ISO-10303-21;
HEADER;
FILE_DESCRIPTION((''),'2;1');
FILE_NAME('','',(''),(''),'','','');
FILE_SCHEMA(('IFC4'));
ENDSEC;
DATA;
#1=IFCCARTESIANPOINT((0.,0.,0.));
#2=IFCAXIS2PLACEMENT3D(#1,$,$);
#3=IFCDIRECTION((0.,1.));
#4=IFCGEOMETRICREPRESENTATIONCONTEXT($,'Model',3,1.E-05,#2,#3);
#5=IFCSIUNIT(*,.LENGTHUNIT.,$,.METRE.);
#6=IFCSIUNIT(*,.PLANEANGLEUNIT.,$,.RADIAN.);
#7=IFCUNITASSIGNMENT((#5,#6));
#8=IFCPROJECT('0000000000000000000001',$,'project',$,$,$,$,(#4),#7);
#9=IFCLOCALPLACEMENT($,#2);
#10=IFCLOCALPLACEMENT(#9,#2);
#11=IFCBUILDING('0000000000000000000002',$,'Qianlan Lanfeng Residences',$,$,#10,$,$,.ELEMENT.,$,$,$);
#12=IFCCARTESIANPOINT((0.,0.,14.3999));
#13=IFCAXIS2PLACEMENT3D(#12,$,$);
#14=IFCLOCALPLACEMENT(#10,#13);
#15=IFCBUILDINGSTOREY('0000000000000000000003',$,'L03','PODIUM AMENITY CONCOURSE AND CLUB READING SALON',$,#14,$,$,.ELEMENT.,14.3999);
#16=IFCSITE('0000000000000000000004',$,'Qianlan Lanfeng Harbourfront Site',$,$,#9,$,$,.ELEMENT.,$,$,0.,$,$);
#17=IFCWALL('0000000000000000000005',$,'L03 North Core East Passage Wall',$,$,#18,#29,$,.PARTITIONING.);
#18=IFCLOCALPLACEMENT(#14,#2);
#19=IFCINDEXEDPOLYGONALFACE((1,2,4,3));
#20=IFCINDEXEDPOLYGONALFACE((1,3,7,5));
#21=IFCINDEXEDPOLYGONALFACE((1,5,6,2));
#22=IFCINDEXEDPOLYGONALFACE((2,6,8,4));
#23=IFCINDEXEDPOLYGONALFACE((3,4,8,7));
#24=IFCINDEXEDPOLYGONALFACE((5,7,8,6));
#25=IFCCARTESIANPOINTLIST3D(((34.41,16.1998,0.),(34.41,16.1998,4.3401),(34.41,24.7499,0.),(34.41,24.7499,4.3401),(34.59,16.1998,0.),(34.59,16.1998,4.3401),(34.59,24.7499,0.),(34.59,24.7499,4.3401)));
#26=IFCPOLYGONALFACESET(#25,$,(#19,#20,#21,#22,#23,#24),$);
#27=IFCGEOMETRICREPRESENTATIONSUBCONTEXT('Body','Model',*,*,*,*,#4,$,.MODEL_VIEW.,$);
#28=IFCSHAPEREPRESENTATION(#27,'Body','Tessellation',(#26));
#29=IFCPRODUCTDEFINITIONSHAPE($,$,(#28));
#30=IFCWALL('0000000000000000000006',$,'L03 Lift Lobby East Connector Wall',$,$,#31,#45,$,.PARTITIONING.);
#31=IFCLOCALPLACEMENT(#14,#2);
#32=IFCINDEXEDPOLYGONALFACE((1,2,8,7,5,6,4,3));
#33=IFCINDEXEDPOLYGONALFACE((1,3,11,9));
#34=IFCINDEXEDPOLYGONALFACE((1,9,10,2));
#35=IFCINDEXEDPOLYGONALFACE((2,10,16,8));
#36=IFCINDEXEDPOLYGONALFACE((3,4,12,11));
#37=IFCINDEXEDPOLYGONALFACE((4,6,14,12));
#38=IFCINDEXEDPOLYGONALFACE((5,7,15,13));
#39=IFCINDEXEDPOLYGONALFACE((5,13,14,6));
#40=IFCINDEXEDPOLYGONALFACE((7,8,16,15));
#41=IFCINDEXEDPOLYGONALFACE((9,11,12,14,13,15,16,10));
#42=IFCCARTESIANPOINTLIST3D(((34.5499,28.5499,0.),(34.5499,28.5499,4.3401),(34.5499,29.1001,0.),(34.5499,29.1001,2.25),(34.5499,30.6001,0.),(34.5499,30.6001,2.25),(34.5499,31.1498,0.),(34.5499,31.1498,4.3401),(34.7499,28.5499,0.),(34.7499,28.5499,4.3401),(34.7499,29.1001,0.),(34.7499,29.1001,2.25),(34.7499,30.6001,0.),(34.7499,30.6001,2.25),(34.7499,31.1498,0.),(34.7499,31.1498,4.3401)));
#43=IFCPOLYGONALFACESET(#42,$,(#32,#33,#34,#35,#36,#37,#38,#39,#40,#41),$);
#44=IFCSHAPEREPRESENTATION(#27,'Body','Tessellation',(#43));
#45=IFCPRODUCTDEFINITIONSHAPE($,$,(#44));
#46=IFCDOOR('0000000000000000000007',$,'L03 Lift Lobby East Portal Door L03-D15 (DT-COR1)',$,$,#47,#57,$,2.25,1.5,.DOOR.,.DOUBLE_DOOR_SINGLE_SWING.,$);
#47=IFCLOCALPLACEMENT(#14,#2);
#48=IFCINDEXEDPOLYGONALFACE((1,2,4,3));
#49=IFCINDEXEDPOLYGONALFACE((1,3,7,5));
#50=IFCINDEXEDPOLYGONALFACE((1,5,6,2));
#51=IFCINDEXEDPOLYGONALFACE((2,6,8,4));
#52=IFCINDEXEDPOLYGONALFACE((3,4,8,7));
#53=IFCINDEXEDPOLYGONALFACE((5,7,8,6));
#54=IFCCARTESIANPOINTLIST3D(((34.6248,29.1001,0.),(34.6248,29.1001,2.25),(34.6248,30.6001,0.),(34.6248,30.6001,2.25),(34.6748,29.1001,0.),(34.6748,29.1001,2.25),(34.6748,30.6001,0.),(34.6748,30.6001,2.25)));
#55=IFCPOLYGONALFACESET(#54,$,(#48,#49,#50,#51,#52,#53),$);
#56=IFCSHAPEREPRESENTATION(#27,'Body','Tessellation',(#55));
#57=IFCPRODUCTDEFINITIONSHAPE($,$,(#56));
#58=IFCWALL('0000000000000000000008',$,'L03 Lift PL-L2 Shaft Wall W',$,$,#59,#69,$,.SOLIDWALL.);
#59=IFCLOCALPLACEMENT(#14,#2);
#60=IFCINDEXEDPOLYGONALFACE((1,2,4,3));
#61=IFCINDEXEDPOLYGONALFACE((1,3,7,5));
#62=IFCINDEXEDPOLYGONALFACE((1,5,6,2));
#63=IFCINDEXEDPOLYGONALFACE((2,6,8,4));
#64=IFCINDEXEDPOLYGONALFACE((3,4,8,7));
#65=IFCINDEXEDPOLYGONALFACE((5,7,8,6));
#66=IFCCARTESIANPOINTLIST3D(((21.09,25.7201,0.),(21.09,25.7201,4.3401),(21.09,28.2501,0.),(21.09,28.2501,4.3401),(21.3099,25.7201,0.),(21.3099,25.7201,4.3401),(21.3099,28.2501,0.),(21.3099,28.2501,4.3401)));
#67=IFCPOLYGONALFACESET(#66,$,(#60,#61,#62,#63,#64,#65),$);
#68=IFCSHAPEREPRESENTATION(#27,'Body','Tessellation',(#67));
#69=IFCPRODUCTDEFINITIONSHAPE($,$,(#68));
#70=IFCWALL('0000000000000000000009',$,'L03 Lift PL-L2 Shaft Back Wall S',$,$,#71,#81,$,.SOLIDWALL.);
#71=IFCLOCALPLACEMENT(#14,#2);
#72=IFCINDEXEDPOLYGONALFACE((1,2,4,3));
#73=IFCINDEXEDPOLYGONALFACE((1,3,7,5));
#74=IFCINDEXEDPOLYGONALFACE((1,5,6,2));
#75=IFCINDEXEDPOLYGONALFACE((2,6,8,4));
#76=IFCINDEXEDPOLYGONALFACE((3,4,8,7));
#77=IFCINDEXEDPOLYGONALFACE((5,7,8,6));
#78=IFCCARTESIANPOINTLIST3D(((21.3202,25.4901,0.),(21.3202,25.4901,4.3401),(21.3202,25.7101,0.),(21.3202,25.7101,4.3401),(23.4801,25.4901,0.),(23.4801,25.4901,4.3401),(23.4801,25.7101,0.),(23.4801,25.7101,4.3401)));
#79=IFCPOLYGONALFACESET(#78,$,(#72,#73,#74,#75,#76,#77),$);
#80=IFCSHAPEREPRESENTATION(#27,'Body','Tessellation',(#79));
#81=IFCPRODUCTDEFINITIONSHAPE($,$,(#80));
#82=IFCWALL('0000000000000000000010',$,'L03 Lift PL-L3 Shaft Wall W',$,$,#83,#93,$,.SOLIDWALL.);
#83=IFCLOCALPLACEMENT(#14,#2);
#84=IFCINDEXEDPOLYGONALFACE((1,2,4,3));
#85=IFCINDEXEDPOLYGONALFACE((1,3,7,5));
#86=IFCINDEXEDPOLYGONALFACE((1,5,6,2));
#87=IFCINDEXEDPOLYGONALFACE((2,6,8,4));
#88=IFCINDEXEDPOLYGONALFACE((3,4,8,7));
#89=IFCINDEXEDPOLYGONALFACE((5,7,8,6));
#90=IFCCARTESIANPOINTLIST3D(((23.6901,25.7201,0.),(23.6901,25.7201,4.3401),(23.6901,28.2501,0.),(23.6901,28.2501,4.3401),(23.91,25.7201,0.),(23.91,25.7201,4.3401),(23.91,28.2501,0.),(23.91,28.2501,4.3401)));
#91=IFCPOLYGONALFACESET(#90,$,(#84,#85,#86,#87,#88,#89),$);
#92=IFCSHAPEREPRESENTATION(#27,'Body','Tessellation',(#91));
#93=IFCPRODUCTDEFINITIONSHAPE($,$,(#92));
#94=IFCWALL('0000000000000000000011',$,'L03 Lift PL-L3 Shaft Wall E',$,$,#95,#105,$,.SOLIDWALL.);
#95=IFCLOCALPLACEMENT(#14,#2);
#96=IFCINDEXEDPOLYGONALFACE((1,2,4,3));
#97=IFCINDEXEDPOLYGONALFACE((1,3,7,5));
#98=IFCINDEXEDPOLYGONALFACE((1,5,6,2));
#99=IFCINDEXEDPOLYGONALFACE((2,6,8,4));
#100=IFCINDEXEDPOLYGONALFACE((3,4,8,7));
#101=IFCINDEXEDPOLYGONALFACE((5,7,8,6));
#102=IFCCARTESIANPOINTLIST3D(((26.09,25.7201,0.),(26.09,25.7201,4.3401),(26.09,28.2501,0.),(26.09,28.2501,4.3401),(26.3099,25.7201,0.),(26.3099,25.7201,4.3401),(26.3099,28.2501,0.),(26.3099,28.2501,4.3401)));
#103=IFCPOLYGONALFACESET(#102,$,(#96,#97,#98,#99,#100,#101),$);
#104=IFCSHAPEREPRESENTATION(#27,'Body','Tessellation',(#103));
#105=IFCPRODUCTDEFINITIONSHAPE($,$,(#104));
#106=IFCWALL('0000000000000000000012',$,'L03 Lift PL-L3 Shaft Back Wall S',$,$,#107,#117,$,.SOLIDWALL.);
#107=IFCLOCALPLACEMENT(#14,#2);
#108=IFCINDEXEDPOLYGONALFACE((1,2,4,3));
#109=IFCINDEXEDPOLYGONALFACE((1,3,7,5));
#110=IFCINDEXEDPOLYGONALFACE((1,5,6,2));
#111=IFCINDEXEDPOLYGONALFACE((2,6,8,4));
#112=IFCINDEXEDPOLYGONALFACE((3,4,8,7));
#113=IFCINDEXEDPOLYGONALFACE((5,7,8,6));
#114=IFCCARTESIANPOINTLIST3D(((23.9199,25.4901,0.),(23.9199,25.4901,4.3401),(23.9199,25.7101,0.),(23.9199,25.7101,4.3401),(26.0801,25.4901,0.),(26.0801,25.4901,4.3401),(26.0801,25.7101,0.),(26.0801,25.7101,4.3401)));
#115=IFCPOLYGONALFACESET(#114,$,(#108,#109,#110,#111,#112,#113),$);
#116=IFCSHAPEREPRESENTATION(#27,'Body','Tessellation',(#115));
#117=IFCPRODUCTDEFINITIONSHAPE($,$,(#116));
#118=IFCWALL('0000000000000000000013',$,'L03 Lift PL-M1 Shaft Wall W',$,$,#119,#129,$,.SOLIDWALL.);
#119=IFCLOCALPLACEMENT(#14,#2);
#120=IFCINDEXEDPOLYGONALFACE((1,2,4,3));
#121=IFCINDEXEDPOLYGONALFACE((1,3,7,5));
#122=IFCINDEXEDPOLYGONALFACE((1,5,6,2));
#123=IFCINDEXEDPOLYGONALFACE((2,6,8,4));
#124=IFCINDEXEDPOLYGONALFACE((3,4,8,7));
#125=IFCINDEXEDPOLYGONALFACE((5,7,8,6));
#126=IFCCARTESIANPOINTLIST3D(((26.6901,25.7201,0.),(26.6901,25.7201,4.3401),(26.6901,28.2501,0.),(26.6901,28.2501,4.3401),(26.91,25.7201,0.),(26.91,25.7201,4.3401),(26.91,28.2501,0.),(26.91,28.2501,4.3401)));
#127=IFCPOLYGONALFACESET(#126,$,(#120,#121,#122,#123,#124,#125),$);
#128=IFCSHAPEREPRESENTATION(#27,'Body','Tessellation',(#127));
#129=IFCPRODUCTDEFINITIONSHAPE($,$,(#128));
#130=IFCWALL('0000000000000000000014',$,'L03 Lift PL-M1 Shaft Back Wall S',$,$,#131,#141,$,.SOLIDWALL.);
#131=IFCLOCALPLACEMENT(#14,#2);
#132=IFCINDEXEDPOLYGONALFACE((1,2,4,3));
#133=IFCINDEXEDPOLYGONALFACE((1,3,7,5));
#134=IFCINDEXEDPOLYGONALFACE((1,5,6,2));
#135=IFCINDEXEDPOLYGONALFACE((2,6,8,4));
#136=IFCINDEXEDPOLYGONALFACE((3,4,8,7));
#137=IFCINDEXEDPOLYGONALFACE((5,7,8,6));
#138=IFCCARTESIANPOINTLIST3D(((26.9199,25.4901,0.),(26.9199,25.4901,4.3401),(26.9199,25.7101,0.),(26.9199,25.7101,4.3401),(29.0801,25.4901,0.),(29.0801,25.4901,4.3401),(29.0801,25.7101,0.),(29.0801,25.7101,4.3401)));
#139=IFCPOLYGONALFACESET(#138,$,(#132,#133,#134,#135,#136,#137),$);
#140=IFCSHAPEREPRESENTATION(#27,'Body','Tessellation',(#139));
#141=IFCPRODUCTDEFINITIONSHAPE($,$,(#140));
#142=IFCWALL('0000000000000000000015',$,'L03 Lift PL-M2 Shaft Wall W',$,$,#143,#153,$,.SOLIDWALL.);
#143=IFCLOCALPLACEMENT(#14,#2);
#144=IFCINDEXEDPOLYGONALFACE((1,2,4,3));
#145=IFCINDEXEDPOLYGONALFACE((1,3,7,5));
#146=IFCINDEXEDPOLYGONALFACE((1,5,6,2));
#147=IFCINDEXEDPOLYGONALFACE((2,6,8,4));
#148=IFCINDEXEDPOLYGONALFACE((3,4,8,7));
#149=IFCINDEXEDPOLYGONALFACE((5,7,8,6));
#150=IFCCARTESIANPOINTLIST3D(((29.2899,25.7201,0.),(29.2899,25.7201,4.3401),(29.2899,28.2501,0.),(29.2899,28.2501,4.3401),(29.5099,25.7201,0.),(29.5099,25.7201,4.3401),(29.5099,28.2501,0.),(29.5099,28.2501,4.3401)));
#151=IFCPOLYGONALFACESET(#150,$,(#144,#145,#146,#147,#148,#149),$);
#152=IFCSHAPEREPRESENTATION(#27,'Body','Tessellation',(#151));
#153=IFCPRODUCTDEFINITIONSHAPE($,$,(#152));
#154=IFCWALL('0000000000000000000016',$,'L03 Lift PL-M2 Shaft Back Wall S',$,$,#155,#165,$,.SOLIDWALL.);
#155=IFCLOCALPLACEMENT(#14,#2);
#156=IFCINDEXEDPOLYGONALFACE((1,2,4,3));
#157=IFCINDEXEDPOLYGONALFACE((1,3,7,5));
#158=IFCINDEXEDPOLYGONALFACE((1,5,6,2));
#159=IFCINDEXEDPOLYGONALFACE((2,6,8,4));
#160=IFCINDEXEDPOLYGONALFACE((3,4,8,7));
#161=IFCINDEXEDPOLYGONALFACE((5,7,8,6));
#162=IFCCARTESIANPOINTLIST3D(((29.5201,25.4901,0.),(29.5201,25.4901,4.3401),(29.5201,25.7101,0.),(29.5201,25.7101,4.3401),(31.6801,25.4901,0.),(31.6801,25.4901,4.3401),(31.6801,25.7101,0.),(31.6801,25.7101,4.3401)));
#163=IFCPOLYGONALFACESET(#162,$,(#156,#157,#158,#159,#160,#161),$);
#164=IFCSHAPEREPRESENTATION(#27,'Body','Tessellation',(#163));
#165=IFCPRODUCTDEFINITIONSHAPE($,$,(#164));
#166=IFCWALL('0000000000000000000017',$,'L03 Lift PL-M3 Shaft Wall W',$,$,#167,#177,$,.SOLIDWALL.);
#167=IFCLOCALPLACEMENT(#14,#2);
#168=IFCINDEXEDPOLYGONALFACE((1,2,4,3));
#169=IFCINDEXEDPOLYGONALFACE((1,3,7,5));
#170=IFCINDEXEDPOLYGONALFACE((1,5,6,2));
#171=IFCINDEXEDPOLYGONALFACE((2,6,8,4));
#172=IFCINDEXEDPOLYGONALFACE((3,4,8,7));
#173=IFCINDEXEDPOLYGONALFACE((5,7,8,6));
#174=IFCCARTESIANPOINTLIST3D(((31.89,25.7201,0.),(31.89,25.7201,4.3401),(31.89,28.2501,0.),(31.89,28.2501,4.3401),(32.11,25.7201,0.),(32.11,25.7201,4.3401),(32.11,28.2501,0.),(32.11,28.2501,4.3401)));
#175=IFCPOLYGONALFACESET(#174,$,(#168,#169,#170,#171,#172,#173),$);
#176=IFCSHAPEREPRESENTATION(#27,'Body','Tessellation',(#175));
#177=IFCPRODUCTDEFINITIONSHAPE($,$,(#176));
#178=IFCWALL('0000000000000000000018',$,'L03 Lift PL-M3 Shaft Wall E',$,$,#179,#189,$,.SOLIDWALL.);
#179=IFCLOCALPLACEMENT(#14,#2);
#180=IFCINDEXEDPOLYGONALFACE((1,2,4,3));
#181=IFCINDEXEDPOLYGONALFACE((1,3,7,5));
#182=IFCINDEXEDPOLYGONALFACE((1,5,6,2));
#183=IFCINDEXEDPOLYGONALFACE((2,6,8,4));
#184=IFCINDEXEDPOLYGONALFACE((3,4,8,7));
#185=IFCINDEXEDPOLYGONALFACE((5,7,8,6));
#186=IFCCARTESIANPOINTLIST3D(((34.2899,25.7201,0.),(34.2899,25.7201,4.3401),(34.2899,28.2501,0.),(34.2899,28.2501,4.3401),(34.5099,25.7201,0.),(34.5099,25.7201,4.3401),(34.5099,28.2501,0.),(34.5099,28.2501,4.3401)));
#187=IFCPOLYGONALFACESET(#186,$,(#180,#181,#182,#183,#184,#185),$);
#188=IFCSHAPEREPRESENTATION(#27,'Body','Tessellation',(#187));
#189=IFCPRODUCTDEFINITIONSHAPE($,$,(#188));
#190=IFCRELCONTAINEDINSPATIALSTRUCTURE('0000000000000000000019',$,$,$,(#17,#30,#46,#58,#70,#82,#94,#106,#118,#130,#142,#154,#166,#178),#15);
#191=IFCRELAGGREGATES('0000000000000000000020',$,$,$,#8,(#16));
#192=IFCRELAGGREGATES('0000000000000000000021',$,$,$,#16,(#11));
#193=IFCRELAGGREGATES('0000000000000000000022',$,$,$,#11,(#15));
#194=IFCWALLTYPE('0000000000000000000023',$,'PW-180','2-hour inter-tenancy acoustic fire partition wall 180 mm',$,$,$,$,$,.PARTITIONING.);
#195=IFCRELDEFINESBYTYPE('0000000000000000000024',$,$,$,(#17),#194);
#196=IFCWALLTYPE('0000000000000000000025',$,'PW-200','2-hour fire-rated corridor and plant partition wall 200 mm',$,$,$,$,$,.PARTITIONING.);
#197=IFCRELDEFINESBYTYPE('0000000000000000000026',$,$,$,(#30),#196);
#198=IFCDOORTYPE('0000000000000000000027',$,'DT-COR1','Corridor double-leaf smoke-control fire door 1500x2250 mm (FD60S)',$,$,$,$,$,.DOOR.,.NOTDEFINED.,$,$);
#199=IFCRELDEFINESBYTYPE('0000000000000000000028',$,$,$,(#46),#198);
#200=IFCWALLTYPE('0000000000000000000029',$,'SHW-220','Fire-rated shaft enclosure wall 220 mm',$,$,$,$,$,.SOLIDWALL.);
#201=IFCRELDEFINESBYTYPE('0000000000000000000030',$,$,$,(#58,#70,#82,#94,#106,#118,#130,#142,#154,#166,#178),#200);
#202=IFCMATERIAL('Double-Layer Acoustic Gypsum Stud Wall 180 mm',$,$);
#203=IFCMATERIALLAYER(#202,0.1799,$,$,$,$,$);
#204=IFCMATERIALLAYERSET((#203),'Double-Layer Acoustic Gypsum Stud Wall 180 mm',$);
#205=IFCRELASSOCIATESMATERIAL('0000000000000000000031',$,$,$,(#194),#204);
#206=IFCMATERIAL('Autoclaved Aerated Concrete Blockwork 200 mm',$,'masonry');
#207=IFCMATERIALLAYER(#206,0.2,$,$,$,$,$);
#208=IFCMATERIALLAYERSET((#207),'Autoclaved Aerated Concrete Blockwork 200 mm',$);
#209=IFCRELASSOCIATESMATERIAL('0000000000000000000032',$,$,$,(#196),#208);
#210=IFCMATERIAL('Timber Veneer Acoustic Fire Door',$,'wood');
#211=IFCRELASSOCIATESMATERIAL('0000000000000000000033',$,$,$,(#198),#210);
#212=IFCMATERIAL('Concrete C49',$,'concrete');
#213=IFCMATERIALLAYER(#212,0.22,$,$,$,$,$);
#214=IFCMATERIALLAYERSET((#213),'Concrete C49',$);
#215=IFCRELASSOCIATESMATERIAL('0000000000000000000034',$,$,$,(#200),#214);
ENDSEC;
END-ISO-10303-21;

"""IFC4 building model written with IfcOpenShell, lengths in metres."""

from ifc_helpers import new_model, si_unit, direction, frame, frame_2d, origin, place, context, subcontext, project, spatial, rectangle, extrude, material, layer, layer_set, type_object, element, fill, save


model = new_model("IFC4")

# Units and contexts
model_context = context("Model", 3, precision=1e-05, world=origin(), true_north=direction((0.0, 1.0)))
body_context = subcontext(model_context, "Body", "Model", "MODEL_VIEW")
ifc_project = project(units=[si_unit("LENGTHUNIT", "METRE"), si_unit("PLANEANGLEUNIT", "RADIAN")], contexts=[model_context])

# Site, building, storey
site_placement = place(None, origin())
site = spatial("IfcSite", under=ifc_project, at=site_placement, Name="Qianlan Lanfeng Harbourfront Site", CompositionType="ELEMENT", RefElevation=0.0)
building_placement = place(site_placement, origin())
building = spatial("IfcBuilding", under=site, at=building_placement, Name="Qianlan Lanfeng Residences", CompositionType="ELEMENT")
storey_placement = place(building_placement, frame((0.0, 0.0, 14.3999)))
storey = spatial("IfcBuildingStorey", under=building, at=storey_placement, Name="L03", Description="PODIUM AMENITY CONCOURSE AND CLUB READING SALON", CompositionType="ELEMENT", Elevation=14.3999)

# Shared definitions
ifc_material_1 = material(Name="Double-Layer Acoustic Gypsum Stud Wall 180 mm")
ifc_layer_1 = layer(ifc_material_1, 0.1799)
ifc_layer_set_1 = layer_set([ifc_layer_1], Name="Double-Layer Acoustic Gypsum Stud Wall 180 mm")
wall_type_1 = type_object("IfcWallType", Name="PW-180", Description="2-hour inter-tenancy acoustic fire partition wall 180 mm", PredefinedType="PARTITIONING", material=ifc_layer_set_1)

# Wall
for number, where, z_axis, x_axis, name in (
    (1, (34.5, 16.2, 0.0), (0.0, 0.0, 1.0), (0.0, 1.0, 0.0), "L03 North Core East Passage Wall"),
):
    element("IfcWall", number, at=place(storey_placement, frame(where, z_axis=z_axis, x_axis=x_axis)), inside=storey, type_object=wall_type_1, Name=name, PredefinedType="PARTITIONING", context=body_context, shape_type="SweptSolid", body=[
        extrude(rectangle(XDim=8.55, YDim=0.1799, at=frame_2d((4.2749, 0.0))), origin(), (0.0, 0.0, 1.0), 4.3401),
    ])

# Wall, opening, door
ifc_material_2 = material(Name="Autoclaved Aerated Concrete Blockwork 200 mm", Category="masonry")
ifc_layer_2 = layer(ifc_material_2, 0.2)
ifc_layer_set_2 = layer_set([ifc_layer_2], Name="Autoclaved Aerated Concrete Blockwork 200 mm")
wall_type_2 = type_object("IfcWallType", Name="PW-200", Description="2-hour fire-rated corridor and plant partition wall 200 mm", PredefinedType="PARTITIONING", material=ifc_layer_set_2)
wall_1_placement = place(storey_placement, frame((34.6499, 28.55, 0.0), z_axis=(0.0, 0.0, 1.0), x_axis=(0.0, 1.0, 0.0)))
wall_1 = element("IfcWall", 2, at=wall_1_placement, inside=storey, type_object=wall_type_2, Name="L03 Lift Lobby East Connector Wall", PredefinedType="PARTITIONING", context=body_context, shape_type="SweptSolid", body=[
    extrude(rectangle(XDim=2.5999, YDim=0.2, at=frame_2d((1.2998, 0.0))), origin(), (0.0, 0.0, 1.0), 4.3401),
])
opening_1_placement = place(wall_1_placement, frame((0.55, 0.0, 0.0)))
opening_1 = element("IfcOpeningElement", 3, at=opening_1_placement, cuts=wall_1, PredefinedType="OPENING", context=body_context, shape_type="SweptSolid", body=[
    extrude(rectangle(XDim=1.5, YDim=2.25, at=frame_2d((0.75, 1.125))), frame((0.0, 0.1099, 0.0), z_axis=(0.0, -1.0, 0.0), x_axis=(1.0, 0.0, 0.0)), (0.0, 0.0, 1.0), 0.22),
])
ifc_material_3 = material(Name="Timber Veneer Acoustic Fire Door", Category="wood")
door_type_1 = type_object("IfcDoorType", Name="DT-COR1", Description="Corridor double-leaf smoke-control fire door 1500x2250 mm (FD60S)", OperationType="NOTDEFINED", PredefinedType="DOOR", material=ifc_material_3)
door_1_placement = place(opening_1_placement, frame((1.5, 0.0, 0.0), z_axis=(0.0, 0.0, 1.0), x_axis=(-1.0, 0.0, 0.0)))
door_1 = element("IfcDoor", 4, at=door_1_placement, inside=storey, type_object=door_type_1, Name="L03 Lift Lobby East Portal Door L03-D15 (DT-COR1)", OperationType="DOUBLE_DOOR_SINGLE_SWING", OverallHeight=2.25, OverallWidth=1.5, PredefinedType="DOOR", context=body_context, shape_type="SweptSolid", body=[
    extrude(rectangle(XDim=1.5, YDim=2.25, at=frame_2d((0.75, 1.125))), frame((0.0, 0.0249, 0.0), z_axis=(0.0, -1.0, 0.0), x_axis=(1.0, 0.0, 0.0)), (0.0, 0.0, 1.0), 0.05),
])
fill(opening_1, door_1)

# Walls
ifc_material_4 = material(Name="Concrete C49", Category="concrete")
ifc_layer_3 = layer(ifc_material_4, 0.22)
ifc_layer_set_3 = layer_set([ifc_layer_3], Name="Concrete C49")
wall_type_3 = type_object("IfcWallType", Name="SHW-220", Description="Fire-rated shaft enclosure wall 220 mm", PredefinedType="SOLIDWALL", material=ifc_layer_set_3)
wall_2_placement = place(storey_placement, frame((21.2, 25.72, 0.0), z_axis=(0.0, 0.0, 1.0), x_axis=(0.0, 1.0, 0.0)))
element("IfcWall", 5, at=wall_2_placement, inside=storey, type_object=wall_type_3, Name="L03 Lift PL-L2 Shaft Wall W", PredefinedType="SOLIDWALL", context=body_context, shape_type="SweptSolid", body=[
    extrude(rectangle(XDim=2.53, YDim=0.22, at=frame_2d((1.2651, 0.0))), origin(), (0.0, 0.0, 1.0), 4.3401),
])
wall_3_placement = place(storey_placement, frame((21.3201, 25.6001, 0.0), z_axis=(0.0, 0.0, 1.0), x_axis=(1.0, 0.0, 0.0)))
element("IfcWall", 6, at=wall_3_placement, inside=storey, type_object=wall_type_3, Name="L03 Lift PL-L2 Shaft Back Wall S", PredefinedType="SOLIDWALL", context=body_context, shape_type="SweptSolid", body=[
    extrude(rectangle(XDim=2.1599, YDim=0.22, at=frame_2d((1.0801, 0.0))), origin(), (0.0, 0.0, 1.0), 4.3401),
])
for number, where, z_axis, x_axis, name in (
    (7, (23.8, 25.72, 0.0), (0.0, 0.0, 1.0), (0.0, 1.0, 0.0), "L03 Lift PL-L3 Shaft Wall W"),
    (8, (26.2, 25.72, 0.0), (0.0, 0.0, 1.0), (0.0, 1.0, 0.0), "L03 Lift PL-L3 Shaft Wall E"),
):
    element("IfcWall", number, at=place(storey_placement, frame(where, z_axis=z_axis, x_axis=x_axis)), inside=storey, type_object=wall_type_3, Name=name, PredefinedType="SOLIDWALL", context=body_context, shape_type="SweptSolid", body=[
        extrude(rectangle(XDim=2.53, YDim=0.22, at=frame_2d((1.2651, 0.0))), origin(), (0.0, 0.0, 1.0), 4.3401),
    ])
wall_4_placement = place(storey_placement, frame((23.9199, 25.6001, 0.0), z_axis=(0.0, 0.0, 1.0), x_axis=(1.0, 0.0, 0.0)))
element("IfcWall", 9, at=wall_4_placement, inside=storey, type_object=wall_type_3, Name="L03 Lift PL-L3 Shaft Back Wall S", PredefinedType="SOLIDWALL", context=body_context, shape_type="SweptSolid", body=[
    extrude(rectangle(XDim=2.1602, YDim=0.22, at=frame_2d((1.0801, 0.0))), origin(), (0.0, 0.0, 1.0), 4.3401),
])
wall_5_placement = place(storey_placement, frame((26.8, 25.72, 0.0), z_axis=(0.0, 0.0, 1.0), x_axis=(0.0, 1.0, 0.0)))
element("IfcWall", 10, at=wall_5_placement, inside=storey, type_object=wall_type_3, Name="L03 Lift PL-M1 Shaft Wall W", PredefinedType="SOLIDWALL", context=body_context, shape_type="SweptSolid", body=[
    extrude(rectangle(XDim=2.53, YDim=0.22, at=frame_2d((1.2651, 0.0))), origin(), (0.0, 0.0, 1.0), 4.3401),
])
wall_6_placement = place(storey_placement, frame((26.9199, 25.6001, 0.0), z_axis=(0.0, 0.0, 1.0), x_axis=(1.0, 0.0, 0.0)))
element("IfcWall", 11, at=wall_6_placement, inside=storey, type_object=wall_type_3, Name="L03 Lift PL-M1 Shaft Back Wall S", PredefinedType="SOLIDWALL", context=body_context, shape_type="SweptSolid", body=[
    extrude(rectangle(XDim=2.1602, YDim=0.22, at=frame_2d((1.0801, 0.0))), origin(), (0.0, 0.0, 1.0), 4.3401),
])
wall_7_placement = place(storey_placement, frame((29.3999, 25.72, 0.0), z_axis=(0.0, 0.0, 1.0), x_axis=(0.0, 1.0, 0.0)))
element("IfcWall", 12, at=wall_7_placement, inside=storey, type_object=wall_type_3, Name="L03 Lift PL-M2 Shaft Wall W", PredefinedType="SOLIDWALL", context=body_context, shape_type="SweptSolid", body=[
    extrude(rectangle(XDim=2.53, YDim=0.22, at=frame_2d((1.2651, 0.0))), origin(), (0.0, 0.0, 1.0), 4.3401),
])
wall_8_placement = place(storey_placement, frame((29.52, 25.6001, 0.0), z_axis=(0.0, 0.0, 1.0), x_axis=(1.0, 0.0, 0.0)))
element("IfcWall", 13, at=wall_8_placement, inside=storey, type_object=wall_type_3, Name="L03 Lift PL-M2 Shaft Back Wall S", PredefinedType="SOLIDWALL", context=body_context, shape_type="SweptSolid", body=[
    extrude(rectangle(XDim=2.1599, YDim=0.22, at=frame_2d((1.0801, 0.0))), origin(), (0.0, 0.0, 1.0), 4.3401),
])
for number, where, z_axis, x_axis, name in (
    (14, (32.0, 25.72, 0.0), (0.0, 0.0, 1.0), (0.0, 1.0, 0.0), "L03 Lift PL-M3 Shaft Wall W"),
    (15, (34.3999, 25.72, 0.0), (0.0, 0.0, 1.0), (0.0, 1.0, 0.0), "L03 Lift PL-M3 Shaft Wall E"),
):
    element("IfcWall", number, at=place(storey_placement, frame(where, z_axis=z_axis, x_axis=x_axis)), inside=storey, type_object=wall_type_3, Name=name, PredefinedType="SOLIDWALL", context=body_context, shape_type="SweptSolid", body=[
        extrude(rectangle(XDim=2.53, YDim=0.22, at=frame_2d((1.2651, 0.0))), origin(), (0.0, 0.0, 1.0), 4.3401),
    ])

save(model, "model.ifc")
